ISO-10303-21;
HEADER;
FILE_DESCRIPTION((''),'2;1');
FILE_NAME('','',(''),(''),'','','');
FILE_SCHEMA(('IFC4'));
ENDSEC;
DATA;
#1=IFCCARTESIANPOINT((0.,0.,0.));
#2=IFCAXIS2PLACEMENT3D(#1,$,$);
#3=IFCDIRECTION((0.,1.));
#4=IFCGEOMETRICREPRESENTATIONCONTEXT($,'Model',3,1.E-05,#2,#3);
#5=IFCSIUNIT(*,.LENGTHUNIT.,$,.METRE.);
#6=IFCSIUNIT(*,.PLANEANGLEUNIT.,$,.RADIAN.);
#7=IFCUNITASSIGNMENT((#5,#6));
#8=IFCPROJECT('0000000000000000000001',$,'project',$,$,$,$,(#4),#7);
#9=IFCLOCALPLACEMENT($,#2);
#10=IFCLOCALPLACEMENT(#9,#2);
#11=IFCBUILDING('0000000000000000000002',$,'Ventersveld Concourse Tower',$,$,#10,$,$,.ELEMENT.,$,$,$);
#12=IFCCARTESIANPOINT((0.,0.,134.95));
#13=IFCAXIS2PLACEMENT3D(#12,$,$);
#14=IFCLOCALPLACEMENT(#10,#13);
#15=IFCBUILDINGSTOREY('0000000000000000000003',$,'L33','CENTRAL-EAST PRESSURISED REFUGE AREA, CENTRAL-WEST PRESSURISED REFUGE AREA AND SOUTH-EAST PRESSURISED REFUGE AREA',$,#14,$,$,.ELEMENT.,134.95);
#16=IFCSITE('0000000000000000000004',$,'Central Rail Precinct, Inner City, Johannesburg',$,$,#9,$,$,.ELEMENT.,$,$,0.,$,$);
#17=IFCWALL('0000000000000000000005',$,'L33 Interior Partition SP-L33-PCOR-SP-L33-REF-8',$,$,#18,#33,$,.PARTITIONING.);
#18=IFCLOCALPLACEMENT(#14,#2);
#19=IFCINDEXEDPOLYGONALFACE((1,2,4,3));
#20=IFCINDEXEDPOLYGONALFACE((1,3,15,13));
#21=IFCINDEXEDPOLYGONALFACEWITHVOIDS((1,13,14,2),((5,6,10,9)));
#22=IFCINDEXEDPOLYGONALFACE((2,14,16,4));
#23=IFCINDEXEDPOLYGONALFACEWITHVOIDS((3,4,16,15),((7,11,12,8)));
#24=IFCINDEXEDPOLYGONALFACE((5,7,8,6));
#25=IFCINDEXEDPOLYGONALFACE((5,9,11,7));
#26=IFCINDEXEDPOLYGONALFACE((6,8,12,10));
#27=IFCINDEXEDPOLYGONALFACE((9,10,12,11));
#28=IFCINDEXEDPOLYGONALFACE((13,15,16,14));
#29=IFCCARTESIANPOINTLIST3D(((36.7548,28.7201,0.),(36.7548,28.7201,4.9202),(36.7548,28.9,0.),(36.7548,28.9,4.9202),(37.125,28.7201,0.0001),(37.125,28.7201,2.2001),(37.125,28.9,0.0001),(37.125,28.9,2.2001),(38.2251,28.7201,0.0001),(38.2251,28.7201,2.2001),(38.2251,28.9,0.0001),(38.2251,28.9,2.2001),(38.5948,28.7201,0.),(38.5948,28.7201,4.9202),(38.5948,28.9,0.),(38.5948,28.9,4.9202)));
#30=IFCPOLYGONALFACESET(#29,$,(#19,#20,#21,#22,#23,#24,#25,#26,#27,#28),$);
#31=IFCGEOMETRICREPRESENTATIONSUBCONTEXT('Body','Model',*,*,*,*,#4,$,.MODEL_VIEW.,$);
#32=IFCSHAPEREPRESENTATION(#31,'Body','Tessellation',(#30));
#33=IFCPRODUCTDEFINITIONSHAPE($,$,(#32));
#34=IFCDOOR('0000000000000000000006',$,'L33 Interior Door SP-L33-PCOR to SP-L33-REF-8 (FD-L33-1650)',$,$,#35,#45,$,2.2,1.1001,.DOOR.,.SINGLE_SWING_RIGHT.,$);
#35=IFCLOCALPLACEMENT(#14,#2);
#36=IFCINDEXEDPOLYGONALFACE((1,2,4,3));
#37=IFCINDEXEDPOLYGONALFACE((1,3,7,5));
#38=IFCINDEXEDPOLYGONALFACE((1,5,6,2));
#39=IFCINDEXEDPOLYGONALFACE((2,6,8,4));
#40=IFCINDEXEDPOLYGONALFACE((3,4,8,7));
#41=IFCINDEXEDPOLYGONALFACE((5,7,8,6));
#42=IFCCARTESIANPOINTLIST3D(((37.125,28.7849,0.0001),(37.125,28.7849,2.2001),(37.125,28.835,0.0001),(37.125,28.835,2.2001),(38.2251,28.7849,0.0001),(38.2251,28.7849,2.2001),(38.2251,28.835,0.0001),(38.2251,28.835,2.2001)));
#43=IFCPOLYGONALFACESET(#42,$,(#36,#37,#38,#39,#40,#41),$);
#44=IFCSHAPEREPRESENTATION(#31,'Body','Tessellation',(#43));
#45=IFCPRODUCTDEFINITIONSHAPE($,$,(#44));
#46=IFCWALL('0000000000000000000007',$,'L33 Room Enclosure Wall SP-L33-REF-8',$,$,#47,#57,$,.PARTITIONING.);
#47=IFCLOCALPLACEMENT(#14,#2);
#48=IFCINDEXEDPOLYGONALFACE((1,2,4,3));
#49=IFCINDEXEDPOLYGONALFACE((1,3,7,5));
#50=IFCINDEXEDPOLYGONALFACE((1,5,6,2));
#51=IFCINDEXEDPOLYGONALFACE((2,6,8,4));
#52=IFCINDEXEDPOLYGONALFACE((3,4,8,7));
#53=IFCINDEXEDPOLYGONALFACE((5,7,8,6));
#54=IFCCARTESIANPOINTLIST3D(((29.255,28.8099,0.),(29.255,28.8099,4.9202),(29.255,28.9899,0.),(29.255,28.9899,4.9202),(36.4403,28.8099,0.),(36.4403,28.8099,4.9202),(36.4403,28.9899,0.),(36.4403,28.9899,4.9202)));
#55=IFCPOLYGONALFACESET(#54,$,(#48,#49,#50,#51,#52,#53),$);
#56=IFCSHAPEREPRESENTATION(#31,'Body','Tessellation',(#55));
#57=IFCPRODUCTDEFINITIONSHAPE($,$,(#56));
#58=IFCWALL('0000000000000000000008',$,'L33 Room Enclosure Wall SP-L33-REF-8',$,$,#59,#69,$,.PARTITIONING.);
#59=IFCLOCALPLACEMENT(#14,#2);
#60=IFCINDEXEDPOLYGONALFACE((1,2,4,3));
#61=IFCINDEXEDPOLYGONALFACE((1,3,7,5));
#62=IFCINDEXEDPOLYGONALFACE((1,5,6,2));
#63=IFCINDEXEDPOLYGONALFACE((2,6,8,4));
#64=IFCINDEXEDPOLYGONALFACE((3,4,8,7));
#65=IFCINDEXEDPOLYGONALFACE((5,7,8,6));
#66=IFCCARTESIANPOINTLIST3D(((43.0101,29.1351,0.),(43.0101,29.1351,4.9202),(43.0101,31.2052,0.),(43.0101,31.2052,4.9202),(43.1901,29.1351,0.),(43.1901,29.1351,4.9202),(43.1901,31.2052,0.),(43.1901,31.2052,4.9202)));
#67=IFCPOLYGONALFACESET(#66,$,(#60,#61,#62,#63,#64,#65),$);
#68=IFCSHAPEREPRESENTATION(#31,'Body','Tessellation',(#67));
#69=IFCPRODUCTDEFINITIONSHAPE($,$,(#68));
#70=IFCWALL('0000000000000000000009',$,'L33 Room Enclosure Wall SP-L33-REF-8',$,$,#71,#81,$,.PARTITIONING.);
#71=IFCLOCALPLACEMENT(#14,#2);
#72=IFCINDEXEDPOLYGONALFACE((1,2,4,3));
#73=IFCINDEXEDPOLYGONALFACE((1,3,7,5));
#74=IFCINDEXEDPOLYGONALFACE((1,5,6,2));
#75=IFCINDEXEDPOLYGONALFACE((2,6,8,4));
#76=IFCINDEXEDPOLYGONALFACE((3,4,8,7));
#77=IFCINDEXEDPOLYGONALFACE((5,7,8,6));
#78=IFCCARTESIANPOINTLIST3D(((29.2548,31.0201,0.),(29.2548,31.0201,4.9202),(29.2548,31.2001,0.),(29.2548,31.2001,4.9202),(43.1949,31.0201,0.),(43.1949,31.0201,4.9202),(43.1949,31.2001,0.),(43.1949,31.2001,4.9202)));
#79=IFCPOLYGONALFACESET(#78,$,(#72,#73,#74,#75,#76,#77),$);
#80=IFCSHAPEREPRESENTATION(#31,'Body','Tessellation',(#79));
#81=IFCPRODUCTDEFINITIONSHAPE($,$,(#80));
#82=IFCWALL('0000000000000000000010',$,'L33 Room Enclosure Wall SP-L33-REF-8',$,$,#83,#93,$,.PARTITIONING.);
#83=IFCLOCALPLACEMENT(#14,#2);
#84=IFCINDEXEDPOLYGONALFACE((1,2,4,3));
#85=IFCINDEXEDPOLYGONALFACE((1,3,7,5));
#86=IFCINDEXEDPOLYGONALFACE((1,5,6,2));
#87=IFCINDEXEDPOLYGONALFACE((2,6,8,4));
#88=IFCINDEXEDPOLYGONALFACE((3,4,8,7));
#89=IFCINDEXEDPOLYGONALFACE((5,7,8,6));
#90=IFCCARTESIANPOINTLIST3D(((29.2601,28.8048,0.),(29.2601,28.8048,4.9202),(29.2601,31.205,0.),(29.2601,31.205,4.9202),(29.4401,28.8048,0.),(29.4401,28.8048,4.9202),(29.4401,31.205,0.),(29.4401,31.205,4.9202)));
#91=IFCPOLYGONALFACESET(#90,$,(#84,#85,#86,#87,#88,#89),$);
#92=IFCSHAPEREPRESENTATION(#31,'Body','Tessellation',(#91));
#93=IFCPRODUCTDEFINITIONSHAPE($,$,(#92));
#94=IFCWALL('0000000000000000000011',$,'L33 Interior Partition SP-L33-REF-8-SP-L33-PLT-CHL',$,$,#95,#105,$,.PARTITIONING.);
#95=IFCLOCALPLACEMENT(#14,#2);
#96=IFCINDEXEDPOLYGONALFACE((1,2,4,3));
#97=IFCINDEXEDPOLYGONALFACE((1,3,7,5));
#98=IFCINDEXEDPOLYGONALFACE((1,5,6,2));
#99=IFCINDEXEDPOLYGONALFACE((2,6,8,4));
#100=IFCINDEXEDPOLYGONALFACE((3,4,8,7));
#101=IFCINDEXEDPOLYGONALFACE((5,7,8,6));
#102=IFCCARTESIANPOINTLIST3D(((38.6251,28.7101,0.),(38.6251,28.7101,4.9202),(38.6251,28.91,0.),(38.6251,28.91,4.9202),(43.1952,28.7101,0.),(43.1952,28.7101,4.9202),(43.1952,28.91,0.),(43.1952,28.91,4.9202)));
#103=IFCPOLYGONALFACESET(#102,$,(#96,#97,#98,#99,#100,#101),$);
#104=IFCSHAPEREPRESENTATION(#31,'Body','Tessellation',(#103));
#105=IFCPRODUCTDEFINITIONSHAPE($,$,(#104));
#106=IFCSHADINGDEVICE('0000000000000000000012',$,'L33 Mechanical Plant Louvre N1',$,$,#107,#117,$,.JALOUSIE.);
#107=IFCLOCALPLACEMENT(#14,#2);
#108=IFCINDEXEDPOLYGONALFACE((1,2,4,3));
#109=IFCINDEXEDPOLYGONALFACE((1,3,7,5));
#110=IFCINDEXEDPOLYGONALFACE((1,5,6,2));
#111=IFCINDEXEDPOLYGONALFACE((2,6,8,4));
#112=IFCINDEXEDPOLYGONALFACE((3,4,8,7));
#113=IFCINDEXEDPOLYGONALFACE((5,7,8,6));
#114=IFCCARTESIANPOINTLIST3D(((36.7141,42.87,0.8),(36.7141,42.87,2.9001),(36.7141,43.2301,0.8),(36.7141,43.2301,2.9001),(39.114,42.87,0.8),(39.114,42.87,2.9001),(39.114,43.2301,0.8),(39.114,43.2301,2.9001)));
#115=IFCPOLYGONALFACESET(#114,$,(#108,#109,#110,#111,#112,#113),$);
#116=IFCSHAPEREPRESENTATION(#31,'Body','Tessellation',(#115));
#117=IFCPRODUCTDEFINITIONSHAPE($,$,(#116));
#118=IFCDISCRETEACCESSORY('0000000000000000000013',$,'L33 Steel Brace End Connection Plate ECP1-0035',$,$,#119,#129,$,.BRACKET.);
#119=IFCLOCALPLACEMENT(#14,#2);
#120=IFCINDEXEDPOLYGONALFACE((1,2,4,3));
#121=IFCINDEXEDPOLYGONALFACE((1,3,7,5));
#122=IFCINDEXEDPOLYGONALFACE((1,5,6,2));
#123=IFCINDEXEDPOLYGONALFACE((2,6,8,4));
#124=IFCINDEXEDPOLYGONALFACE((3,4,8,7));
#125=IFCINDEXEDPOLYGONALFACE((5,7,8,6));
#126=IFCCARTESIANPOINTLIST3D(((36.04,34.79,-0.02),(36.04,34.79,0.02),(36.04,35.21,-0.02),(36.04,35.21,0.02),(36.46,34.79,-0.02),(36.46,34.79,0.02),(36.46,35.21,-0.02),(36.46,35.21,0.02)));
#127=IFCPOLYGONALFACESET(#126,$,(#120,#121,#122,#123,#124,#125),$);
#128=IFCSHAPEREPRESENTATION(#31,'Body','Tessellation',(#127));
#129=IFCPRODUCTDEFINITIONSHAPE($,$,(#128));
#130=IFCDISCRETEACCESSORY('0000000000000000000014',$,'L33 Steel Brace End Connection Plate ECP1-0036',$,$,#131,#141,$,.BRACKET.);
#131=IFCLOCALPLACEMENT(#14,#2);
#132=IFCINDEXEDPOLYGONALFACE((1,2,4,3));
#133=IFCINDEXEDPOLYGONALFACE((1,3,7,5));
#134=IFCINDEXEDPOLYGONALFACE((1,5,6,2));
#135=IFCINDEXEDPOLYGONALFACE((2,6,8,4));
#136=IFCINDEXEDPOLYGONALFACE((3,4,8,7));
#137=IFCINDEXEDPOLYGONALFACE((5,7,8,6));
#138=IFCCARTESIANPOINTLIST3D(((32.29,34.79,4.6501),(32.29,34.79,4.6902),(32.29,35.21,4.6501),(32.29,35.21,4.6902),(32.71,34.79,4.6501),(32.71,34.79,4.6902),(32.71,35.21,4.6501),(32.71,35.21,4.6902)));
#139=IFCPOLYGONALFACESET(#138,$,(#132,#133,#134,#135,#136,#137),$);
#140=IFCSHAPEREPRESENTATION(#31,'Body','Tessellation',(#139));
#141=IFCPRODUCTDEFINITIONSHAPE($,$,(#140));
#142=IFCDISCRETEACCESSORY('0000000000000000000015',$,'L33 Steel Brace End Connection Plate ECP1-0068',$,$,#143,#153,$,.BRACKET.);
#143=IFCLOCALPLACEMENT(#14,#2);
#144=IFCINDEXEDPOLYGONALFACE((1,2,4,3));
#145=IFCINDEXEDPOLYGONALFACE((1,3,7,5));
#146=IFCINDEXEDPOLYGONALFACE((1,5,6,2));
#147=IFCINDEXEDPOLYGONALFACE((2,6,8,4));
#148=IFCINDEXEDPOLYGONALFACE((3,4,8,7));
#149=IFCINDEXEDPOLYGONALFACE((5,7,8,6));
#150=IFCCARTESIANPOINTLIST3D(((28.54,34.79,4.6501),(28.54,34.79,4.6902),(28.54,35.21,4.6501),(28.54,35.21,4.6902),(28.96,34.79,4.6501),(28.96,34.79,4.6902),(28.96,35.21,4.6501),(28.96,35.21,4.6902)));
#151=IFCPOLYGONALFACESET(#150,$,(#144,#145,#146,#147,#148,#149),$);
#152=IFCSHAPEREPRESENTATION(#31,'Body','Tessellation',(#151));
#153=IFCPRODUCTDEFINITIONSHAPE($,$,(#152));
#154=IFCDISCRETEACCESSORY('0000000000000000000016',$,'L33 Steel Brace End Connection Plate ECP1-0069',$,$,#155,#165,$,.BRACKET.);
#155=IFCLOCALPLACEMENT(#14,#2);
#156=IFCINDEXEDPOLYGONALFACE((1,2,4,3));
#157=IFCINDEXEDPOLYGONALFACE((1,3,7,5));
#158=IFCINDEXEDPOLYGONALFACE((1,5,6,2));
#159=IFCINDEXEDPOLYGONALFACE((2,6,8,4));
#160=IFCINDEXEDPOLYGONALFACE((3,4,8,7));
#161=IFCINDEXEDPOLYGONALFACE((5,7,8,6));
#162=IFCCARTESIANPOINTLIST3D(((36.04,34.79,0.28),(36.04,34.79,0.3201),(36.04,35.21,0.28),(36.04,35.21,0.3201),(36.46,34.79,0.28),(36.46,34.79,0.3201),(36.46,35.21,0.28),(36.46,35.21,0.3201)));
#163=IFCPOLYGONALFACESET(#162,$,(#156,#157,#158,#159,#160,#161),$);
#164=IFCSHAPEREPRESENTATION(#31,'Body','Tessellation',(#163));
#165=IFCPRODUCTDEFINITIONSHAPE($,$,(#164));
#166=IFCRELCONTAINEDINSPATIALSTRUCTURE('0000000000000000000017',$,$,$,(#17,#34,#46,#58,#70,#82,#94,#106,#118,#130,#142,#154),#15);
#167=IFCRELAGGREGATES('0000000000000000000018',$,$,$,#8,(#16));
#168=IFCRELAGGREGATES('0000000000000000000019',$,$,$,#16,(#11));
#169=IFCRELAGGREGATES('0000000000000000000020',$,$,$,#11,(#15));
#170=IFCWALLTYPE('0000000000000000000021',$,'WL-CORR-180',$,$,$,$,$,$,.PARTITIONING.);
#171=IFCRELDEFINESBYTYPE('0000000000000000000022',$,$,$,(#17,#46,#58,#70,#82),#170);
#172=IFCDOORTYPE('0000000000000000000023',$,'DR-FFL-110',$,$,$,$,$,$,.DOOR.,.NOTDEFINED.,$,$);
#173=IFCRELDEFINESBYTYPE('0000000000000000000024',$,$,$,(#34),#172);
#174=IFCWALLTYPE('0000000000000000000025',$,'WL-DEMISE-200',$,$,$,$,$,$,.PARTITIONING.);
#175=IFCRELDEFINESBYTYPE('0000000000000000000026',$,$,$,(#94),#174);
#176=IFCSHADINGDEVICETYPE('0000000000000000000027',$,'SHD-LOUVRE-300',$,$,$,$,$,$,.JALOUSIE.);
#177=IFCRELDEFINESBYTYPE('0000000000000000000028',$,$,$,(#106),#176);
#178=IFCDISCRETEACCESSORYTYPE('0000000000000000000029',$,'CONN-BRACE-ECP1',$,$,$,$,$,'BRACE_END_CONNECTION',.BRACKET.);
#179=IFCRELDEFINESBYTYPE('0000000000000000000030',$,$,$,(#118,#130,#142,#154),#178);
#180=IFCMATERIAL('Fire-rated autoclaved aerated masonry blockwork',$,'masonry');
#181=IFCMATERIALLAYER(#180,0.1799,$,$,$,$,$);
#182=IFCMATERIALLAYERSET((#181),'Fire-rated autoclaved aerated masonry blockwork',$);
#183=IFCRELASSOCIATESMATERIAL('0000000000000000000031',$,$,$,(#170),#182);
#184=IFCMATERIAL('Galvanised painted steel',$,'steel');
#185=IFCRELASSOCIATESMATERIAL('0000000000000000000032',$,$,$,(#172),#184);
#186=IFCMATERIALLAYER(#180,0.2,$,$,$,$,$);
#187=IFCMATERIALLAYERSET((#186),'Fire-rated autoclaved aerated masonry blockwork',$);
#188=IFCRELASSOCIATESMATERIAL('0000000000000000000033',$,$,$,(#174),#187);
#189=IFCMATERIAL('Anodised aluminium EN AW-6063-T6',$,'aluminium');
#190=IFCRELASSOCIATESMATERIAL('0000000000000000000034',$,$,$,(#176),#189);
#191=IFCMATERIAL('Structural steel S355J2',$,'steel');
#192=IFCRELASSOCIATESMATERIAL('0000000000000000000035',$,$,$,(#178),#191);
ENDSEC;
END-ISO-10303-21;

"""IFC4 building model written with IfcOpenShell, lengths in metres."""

from ifc_helpers import new_model, si_unit, direction, frame, frame_2d, origin, origin_2d, place, context, subcontext, project, spatial, rectangle, extrude, material, layer, layer_set, type_object, element, fill, save


model = new_model("IFC4")

# Units and contexts
model_context = context("Model", 3, precision=1e-05, world=origin(), true_north=direction((0.0, 1.0)))
body_context = subcontext(model_context, "Body", "Model", "MODEL_VIEW")
ifc_project = project(units=[si_unit("LENGTHUNIT", "METRE"), si_unit("PLANEANGLEUNIT", "RADIAN")], contexts=[model_context])

# Site, building, storey
site_placement = place(None, origin())
site = spatial("IfcSite", under=ifc_project, at=site_placement, Name="Central Rail Precinct, Inner City, Johannesburg", CompositionType="ELEMENT", RefElevation=0.0)
building_placement = place(site_placement, origin())
building = spatial("IfcBuilding", under=site, at=building_placement, Name="Ventersveld Concourse Tower", CompositionType="ELEMENT")
storey_placement = place(building_placement, frame((0.0, 0.0, 134.95)))
storey = spatial("IfcBuildingStorey", under=building, at=storey_placement, Name="L33", Description="CENTRAL-EAST PRESSURISED REFUGE AREA, CENTRAL-WEST PRESSURISED REFUGE AREA AND SOUTH-EAST PRESSURISED REFUGE AREA", CompositionType="ELEMENT", Elevation=134.95)

# Shared definitions
ifc_material_1 = material(Name="Structural steel S355J2", Category="steel")

# Wall, opening, door
ifc_material_2 = material(Name="Fire-rated autoclaved aerated masonry blockwork", Category="masonry")
ifc_layer_1 = layer(ifc_material_2, 0.1799)
ifc_layer_set_1 = layer_set([ifc_layer_1], Name="Fire-rated autoclaved aerated masonry blockwork")
wall_type_1 = type_object("IfcWallType", Name="WL-CORR-180", PredefinedType="PARTITIONING", material=ifc_layer_set_1)
wall_1_placement = place(storey_placement, frame((36.7549, 28.8101, 0.0), z_axis=(0.0, 0.0, 1.0), x_axis=(1.0, 0.0, 0.0)))
wall_1 = element("IfcWall", 1, at=wall_1_placement, inside=storey, type_object=wall_type_1, Name="L33 Interior Partition SP-L33-PCOR-SP-L33-REF-8", PredefinedType="PARTITIONING", context=body_context, shape_type="SweptSolid", body=[
    extrude(rectangle(XDim=1.8401, YDim=0.1799, at=frame_2d((0.9199, 0.0))), origin(), (0.0, 0.0, 1.0), 4.9202),
])
opening_placement = place(wall_1_placement, frame((0.3701, 0.0, 0.0)))
opening = element("IfcOpeningElement", 2, at=opening_placement, cuts=wall_1, PredefinedType="OPENING", context=body_context, shape_type="SweptSolid", body=[
    extrude(rectangle(XDim=1.1001, YDim=2.2, at=frame_2d((0.55, 1.1001))), frame((0.0, 0.1001, 0.0), z_axis=(0.0, -1.0, 0.0), x_axis=(1.0, 0.0, 0.0)), (0.0, 0.0, 1.0), 0.2),
])
ifc_material_3 = material(Name="Galvanised painted steel", Category="steel")
door_type = type_object("IfcDoorType", Name="DR-FFL-110", OperationType="NOTDEFINED", PredefinedType="DOOR", material=ifc_material_3)
door_placement = place(opening_placement, origin())
door = element("IfcDoor", 3, at=door_placement, inside=storey, type_object=door_type, Name="L33 Interior Door SP-L33-PCOR to SP-L33-REF-8 (FD-L33-1650)", OperationType="SINGLE_SWING_RIGHT", OverallHeight=2.2, OverallWidth=1.1001, PredefinedType="DOOR", context=body_context, shape_type="SweptSolid", body=[
    extrude(rectangle(XDim=1.1001, YDim=2.2, at=frame_2d((0.55, 1.1001))), frame((0.0, 0.0249, 0.0), z_axis=(0.0, -1.0, 0.0), x_axis=(1.0, 0.0, 0.0)), (0.0, 0.0, 1.0), 0.05),
])
fill(opening, door)

# Walls
wall_2_placement = place(storey_placement, frame((29.2549, 28.8999, 0.0), z_axis=(0.0, 0.0, 1.0), x_axis=(1.0, 0.0, 0.0)))
element("IfcWall", 4, at=wall_2_placement, inside=storey, type_object=wall_type_1, Name="L33 Room Enclosure Wall SP-L33-REF-8", PredefinedType="PARTITIONING", context=body_context, shape_type="SweptSolid", body=[
    extrude(rectangle(XDim=7.1853, YDim=0.1799, at=frame_2d((3.5928, 0.0))), origin(), (0.0, 0.0, 1.0), 4.9202),
])
wall_3_placement = place(storey_placement, frame((43.1001, 29.135, 0.0), z_axis=(0.0, 0.0, 1.0), x_axis=(0.0, 1.0, 0.0)))
element("IfcWall", 5, at=wall_3_placement, inside=storey, type_object=wall_type_1, Name="L33 Room Enclosure Wall SP-L33-REF-8", PredefinedType="PARTITIONING", context=body_context, shape_type="SweptSolid", body=[
    extrude(rectangle(XDim=2.0701, YDim=0.1799, at=frame_2d((1.0352, 0.0))), origin(), (0.0, 0.0, 1.0), 4.9202),
])
wall_4_placement = place(storey_placement, frame((43.1951, 31.1101, 0.0), z_axis=(0.0, 0.0, 1.0), x_axis=(-1.0, 0.0, 0.0)))
element("IfcWall", 6, at=wall_4_placement, inside=storey, type_object=wall_type_1, Name="L33 Room Enclosure Wall SP-L33-REF-8", PredefinedType="PARTITIONING", context=body_context, shape_type="SweptSolid", body=[
    extrude(rectangle(XDim=13.9402, YDim=0.1799, at=frame_2d((6.9702, 0.0))), origin(), (0.0, 0.0, 1.0), 4.9202),
])
wall_5_placement = place(storey_placement, frame((29.3501, 31.2051, 0.0), z_axis=(0.0, 0.0, 1.0), x_axis=(0.0, -1.0, 0.0)))
element("IfcWall", 7, at=wall_5_placement, inside=storey, type_object=wall_type_1, Name="L33 Room Enclosure Wall SP-L33-REF-8", PredefinedType="PARTITIONING", context=body_context, shape_type="SweptSolid", body=[
    extrude(rectangle(XDim=2.4001, YDim=0.1799, at=frame_2d((1.2002, 0.0))), origin(), (0.0, 0.0, 1.0), 4.9202),
])
ifc_layer_2 = layer(ifc_material_2, 0.2)
ifc_layer_set_2 = layer_set([ifc_layer_2], Name="Fire-rated autoclaved aerated masonry blockwork")
wall_type_2 = type_object("IfcWallType", Name="WL-DEMISE-200", PredefinedType="PARTITIONING", material=ifc_layer_set_2)
wall_6_placement = place(storey_placement, frame((38.625, 28.8101, 0.0), z_axis=(0.0, 0.0, 1.0), x_axis=(1.0, 0.0, 0.0)))
element("IfcWall", 8, at=wall_6_placement, inside=storey, type_object=wall_type_2, Name="L33 Interior Partition SP-L33-REF-8-SP-L33-PLT-CHL", PredefinedType="PARTITIONING", context=body_context, shape_type="SweptSolid", body=[
    extrude(rectangle(XDim=4.5701, YDim=0.2, at=frame_2d((2.2852, 0.0))), origin(), (0.0, 0.0, 1.0), 4.9202),
])

# Shading device
ifc_material_4 = material(Name="Anodised aluminium EN AW-6063-T6", Category="aluminium")
shading_device_type = type_object("IfcShadingDeviceType", Name="SHD-LOUVRE-300", PredefinedType="JALOUSIE", material=ifc_material_4)
shading_device_placement = place(storey_placement, frame((37.9141, 43.05, 0.8), z_axis=(0.0, 0.0, 1.0), x_axis=(-1.0, 0.0, 0.0)))
element("IfcShadingDevice", 9, at=shading_device_placement, inside=storey, type_object=shading_device_type, Name="L33 Mechanical Plant Louvre N1", PredefinedType="JALOUSIE", context=body_context, shape_type="SweptSolid", body=[
    extrude(rectangle(XDim=2.3999, YDim=0.3601, at=origin_2d()), origin(), (0.0, 0.0, 1.0), 2.1001),
])

# Discrete accessories
discrete_accessory_type = type_object("IfcDiscreteAccessoryType", Name="CONN-BRACE-ECP1", ElementType="BRACE_END_CONNECTION", PredefinedType="BRACKET", material=ifc_material_1)
for number, where, z_axis, x_axis, name in (
    (10, (36.25, 35.0, -0.02), (0.0, 0.0, 1.0), (1.0, 0.0, 0.0), "L33 Steel Brace End Connection Plate ECP1-0035"),
    (11, (32.5, 35.0, 4.6501), (0.0, 0.0, 1.0), (1.0, 0.0, 0.0), "L33 Steel Brace End Connection Plate ECP1-0036"),
    (12, (28.75, 35.0, 4.6501), (0.0, 0.0, 1.0), (1.0, 0.0, 0.0), "L33 Steel Brace End Connection Plate ECP1-0068"),
    (13, (36.25, 35.0, 0.28), (0.0, 0.0, 1.0), (1.0, 0.0, 0.0), "L33 Steel Brace End Connection Plate ECP1-0069"),
):
    element("IfcDiscreteAccessory", number, at=place(storey_placement, frame(where, z_axis=z_axis, x_axis=x_axis)), inside=storey, type_object=discrete_accessory_type, Name=name, PredefinedType="BRACKET", context=body_context, shape_type="SweptSolid", body=[
        extrude(rectangle(XDim=0.4199, YDim=0.4199, at=origin_2d()), origin(), (0.0, 0.0, 1.0), 0.04),
    ])

save(model, "model.ifc")
